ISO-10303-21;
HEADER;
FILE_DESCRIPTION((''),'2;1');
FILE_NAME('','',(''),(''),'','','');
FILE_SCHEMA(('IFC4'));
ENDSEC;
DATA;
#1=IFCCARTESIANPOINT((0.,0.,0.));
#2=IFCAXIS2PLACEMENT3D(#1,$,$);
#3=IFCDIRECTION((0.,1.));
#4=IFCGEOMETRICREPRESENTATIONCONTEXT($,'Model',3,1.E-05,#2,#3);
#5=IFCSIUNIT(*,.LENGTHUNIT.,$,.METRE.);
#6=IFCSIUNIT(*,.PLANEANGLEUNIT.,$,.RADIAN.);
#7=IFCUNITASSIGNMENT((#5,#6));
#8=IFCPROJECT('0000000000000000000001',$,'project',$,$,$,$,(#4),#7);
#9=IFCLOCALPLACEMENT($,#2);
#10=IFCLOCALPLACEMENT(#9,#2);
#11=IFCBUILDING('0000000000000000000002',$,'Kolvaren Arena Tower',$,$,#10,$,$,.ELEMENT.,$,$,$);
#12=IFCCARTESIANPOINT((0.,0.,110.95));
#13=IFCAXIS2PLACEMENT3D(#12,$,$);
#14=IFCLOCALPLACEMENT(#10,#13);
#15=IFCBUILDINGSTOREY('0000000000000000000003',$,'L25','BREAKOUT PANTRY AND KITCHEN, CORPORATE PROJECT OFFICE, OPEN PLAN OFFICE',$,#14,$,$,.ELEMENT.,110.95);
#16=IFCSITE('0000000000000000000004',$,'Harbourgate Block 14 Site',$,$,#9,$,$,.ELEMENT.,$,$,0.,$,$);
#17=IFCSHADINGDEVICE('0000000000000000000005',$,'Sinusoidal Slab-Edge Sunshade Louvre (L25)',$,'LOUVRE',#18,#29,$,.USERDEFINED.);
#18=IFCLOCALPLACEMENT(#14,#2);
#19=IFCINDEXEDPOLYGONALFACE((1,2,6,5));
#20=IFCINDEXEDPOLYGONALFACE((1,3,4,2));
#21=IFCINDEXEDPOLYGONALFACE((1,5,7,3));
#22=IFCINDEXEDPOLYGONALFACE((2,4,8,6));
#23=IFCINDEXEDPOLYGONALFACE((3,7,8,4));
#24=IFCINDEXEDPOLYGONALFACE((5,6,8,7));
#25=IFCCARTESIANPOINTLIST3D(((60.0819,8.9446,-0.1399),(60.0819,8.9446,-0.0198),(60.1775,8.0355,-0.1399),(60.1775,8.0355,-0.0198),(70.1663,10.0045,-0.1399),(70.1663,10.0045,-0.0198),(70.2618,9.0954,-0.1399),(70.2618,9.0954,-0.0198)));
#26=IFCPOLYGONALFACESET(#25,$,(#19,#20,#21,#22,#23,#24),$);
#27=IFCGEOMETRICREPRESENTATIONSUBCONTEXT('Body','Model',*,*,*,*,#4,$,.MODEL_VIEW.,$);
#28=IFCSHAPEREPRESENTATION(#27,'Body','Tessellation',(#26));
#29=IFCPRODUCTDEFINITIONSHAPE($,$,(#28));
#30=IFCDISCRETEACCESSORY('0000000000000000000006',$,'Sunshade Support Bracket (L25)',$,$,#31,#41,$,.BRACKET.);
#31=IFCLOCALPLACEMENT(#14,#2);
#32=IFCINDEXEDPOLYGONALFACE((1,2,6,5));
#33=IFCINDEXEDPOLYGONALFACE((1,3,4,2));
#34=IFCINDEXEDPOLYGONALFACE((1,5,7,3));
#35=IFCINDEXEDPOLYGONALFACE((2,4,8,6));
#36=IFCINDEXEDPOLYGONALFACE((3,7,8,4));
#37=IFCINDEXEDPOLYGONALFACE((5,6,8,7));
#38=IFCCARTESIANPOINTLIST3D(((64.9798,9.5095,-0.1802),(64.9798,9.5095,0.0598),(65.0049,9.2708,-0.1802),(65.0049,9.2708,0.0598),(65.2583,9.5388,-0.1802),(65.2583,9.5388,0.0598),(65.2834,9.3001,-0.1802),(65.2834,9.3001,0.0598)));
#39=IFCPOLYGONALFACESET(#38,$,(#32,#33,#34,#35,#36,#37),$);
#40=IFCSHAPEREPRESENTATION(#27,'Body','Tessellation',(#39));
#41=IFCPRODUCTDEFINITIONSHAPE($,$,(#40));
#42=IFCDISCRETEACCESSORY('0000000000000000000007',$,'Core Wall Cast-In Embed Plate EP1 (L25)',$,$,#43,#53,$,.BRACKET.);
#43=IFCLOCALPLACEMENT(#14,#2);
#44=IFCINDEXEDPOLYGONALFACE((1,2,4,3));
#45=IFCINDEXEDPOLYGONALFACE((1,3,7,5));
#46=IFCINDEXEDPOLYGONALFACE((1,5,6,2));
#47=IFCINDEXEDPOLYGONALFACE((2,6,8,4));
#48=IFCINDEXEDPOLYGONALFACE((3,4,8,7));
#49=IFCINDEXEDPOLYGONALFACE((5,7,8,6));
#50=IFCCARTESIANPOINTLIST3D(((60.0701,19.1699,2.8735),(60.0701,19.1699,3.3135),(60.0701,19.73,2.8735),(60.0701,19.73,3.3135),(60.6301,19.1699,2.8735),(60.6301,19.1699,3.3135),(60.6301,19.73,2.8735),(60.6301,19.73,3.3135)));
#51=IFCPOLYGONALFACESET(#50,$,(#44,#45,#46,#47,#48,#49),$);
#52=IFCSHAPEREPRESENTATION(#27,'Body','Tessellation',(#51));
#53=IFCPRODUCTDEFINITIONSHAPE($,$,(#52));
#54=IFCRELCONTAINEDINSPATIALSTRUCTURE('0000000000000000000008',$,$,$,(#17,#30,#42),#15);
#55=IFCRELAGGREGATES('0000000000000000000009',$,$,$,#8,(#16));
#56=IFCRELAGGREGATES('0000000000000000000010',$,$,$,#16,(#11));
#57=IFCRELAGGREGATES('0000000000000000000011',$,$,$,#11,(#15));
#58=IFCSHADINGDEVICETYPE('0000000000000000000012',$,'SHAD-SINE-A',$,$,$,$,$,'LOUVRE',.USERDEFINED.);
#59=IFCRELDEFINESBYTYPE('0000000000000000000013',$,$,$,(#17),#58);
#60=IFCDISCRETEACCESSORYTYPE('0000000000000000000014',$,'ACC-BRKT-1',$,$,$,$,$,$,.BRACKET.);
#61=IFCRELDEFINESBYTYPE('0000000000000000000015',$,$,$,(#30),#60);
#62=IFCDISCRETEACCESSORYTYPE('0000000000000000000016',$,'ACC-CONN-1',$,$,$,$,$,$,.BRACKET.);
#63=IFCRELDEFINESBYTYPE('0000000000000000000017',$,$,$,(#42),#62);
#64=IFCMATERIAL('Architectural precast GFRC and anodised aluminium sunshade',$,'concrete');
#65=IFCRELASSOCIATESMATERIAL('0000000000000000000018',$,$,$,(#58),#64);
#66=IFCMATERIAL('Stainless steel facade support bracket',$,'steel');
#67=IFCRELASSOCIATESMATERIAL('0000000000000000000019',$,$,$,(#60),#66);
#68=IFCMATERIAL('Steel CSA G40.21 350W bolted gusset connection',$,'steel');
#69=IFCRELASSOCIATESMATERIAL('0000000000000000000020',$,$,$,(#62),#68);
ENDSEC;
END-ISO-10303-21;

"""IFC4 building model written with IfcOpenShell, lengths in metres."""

from ifc_helpers import new_model, si_unit, direction, frame, origin, origin_2d, place, context, subcontext, project, spatial, rectangle, extrude, material, type_object, element, save


model = new_model("IFC4")

# Units and contexts
model_context = context("Model", 3, precision=1e-05, world=origin(), true_north=direction((0.0, 1.0)))
body_context = subcontext(model_context, "Body", "Model", "MODEL_VIEW")
ifc_project = project(units=[si_unit("LENGTHUNIT", "METRE"), si_unit("PLANEANGLEUNIT", "RADIAN")], contexts=[model_context])

# Site, building, storey
site_placement = place(None, origin())
site = spatial("IfcSite", under=ifc_project, at=site_placement, Name="Harbourgate Block 14 Site", CompositionType="ELEMENT", RefElevation=0.0)
building_placement = place(site_placement, origin())
building = spatial("IfcBuilding", under=site, at=building_placement, Name="Kolvaren Arena Tower", CompositionType="ELEMENT")
storey_placement = place(building_placement, frame((0.0, 0.0, 110.95)))
storey = spatial("IfcBuildingStorey", under=building, at=storey_placement, Name="L25", Description="BREAKOUT PANTRY AND KITCHEN, CORPORATE PROJECT OFFICE, OPEN PLAN OFFICE", CompositionType="ELEMENT", Elevation=110.95)

# Shading device
ifc_material_1 = material(Name="Architectural precast GFRC and anodised aluminium sunshade", Category="concrete")
shading_device_type = type_object("IfcShadingDeviceType", Name="SHAD-SINE-A", ElementType="LOUVRE", PredefinedType="USERDEFINED", material=ifc_material_1)
shading_device_placement = place(storey_placement, frame((65.1719, 9.02, -0.1399), z_axis=(0.0, 0.0, 1.0), x_axis=(-0.994522, -0.104527, 0.0)))
element("IfcShadingDevice", 1, at=shading_device_placement, inside=storey, type_object=shading_device_type, Name="Sinusoidal Slab-Edge Sunshade Louvre (L25)", ObjectType="LOUVRE", PredefinedType="USERDEFINED", context=body_context, shape_type="SweptSolid", body=[
    extrude(rectangle(XDim=10.1399, YDim=0.9141, at=origin_2d()), origin(), (0.0, 0.0, 1.0), 0.1201),
])

# Discrete accessories
ifc_material_2 = material(Name="Stainless steel facade support bracket", Category="steel")
discrete_accessory_type_1 = type_object("IfcDiscreteAccessoryType", Name="ACC-BRKT-1", PredefinedType="BRACKET", material=ifc_material_2)
discrete_accessory_1_placement = place(storey_placement, frame((65.1316, 9.4048, -0.1802), z_axis=(0.0, 0.0, 1.0), x_axis=(-0.994522, -0.104527, 0.0)))
element("IfcDiscreteAccessory", 2, at=discrete_accessory_1_placement, inside=storey, type_object=discrete_accessory_type_1, Name="Sunshade Support Bracket (L25)", PredefinedType="BRACKET", context=body_context, shape_type="SweptSolid", body=[
    extrude(rectangle(XDim=0.28, YDim=0.24, at=origin_2d()), origin(), (0.0, 0.0, 1.0), 0.24),
])
ifc_material_3 = material(Name="Steel CSA G40.21 350W bolted gusset connection", Category="steel")
discrete_accessory_type_2 = type_object("IfcDiscreteAccessoryType", Name="ACC-CONN-1", PredefinedType="BRACKET", material=ifc_material_3)
discrete_accessory_2_placement = place(storey_placement, frame((60.3501, 19.45, 2.8735), z_axis=(0.0, 0.0, 1.0), x_axis=(1.0, 0.0, 0.0)))
element("IfcDiscreteAccessory", 3, at=discrete_accessory_2_placement, inside=storey, type_object=discrete_accessory_type_2, Name="Core Wall Cast-In Embed Plate EP1 (L25)", PredefinedType="BRACKET", context=body_context, shape_type="SweptSolid", body=[
    extrude(rectangle(XDim=0.5601, YDim=0.5601, at=origin_2d()), origin(), (0.0, 0.0, 1.0), 0.4399),
])

save(model, "model.ifc")
